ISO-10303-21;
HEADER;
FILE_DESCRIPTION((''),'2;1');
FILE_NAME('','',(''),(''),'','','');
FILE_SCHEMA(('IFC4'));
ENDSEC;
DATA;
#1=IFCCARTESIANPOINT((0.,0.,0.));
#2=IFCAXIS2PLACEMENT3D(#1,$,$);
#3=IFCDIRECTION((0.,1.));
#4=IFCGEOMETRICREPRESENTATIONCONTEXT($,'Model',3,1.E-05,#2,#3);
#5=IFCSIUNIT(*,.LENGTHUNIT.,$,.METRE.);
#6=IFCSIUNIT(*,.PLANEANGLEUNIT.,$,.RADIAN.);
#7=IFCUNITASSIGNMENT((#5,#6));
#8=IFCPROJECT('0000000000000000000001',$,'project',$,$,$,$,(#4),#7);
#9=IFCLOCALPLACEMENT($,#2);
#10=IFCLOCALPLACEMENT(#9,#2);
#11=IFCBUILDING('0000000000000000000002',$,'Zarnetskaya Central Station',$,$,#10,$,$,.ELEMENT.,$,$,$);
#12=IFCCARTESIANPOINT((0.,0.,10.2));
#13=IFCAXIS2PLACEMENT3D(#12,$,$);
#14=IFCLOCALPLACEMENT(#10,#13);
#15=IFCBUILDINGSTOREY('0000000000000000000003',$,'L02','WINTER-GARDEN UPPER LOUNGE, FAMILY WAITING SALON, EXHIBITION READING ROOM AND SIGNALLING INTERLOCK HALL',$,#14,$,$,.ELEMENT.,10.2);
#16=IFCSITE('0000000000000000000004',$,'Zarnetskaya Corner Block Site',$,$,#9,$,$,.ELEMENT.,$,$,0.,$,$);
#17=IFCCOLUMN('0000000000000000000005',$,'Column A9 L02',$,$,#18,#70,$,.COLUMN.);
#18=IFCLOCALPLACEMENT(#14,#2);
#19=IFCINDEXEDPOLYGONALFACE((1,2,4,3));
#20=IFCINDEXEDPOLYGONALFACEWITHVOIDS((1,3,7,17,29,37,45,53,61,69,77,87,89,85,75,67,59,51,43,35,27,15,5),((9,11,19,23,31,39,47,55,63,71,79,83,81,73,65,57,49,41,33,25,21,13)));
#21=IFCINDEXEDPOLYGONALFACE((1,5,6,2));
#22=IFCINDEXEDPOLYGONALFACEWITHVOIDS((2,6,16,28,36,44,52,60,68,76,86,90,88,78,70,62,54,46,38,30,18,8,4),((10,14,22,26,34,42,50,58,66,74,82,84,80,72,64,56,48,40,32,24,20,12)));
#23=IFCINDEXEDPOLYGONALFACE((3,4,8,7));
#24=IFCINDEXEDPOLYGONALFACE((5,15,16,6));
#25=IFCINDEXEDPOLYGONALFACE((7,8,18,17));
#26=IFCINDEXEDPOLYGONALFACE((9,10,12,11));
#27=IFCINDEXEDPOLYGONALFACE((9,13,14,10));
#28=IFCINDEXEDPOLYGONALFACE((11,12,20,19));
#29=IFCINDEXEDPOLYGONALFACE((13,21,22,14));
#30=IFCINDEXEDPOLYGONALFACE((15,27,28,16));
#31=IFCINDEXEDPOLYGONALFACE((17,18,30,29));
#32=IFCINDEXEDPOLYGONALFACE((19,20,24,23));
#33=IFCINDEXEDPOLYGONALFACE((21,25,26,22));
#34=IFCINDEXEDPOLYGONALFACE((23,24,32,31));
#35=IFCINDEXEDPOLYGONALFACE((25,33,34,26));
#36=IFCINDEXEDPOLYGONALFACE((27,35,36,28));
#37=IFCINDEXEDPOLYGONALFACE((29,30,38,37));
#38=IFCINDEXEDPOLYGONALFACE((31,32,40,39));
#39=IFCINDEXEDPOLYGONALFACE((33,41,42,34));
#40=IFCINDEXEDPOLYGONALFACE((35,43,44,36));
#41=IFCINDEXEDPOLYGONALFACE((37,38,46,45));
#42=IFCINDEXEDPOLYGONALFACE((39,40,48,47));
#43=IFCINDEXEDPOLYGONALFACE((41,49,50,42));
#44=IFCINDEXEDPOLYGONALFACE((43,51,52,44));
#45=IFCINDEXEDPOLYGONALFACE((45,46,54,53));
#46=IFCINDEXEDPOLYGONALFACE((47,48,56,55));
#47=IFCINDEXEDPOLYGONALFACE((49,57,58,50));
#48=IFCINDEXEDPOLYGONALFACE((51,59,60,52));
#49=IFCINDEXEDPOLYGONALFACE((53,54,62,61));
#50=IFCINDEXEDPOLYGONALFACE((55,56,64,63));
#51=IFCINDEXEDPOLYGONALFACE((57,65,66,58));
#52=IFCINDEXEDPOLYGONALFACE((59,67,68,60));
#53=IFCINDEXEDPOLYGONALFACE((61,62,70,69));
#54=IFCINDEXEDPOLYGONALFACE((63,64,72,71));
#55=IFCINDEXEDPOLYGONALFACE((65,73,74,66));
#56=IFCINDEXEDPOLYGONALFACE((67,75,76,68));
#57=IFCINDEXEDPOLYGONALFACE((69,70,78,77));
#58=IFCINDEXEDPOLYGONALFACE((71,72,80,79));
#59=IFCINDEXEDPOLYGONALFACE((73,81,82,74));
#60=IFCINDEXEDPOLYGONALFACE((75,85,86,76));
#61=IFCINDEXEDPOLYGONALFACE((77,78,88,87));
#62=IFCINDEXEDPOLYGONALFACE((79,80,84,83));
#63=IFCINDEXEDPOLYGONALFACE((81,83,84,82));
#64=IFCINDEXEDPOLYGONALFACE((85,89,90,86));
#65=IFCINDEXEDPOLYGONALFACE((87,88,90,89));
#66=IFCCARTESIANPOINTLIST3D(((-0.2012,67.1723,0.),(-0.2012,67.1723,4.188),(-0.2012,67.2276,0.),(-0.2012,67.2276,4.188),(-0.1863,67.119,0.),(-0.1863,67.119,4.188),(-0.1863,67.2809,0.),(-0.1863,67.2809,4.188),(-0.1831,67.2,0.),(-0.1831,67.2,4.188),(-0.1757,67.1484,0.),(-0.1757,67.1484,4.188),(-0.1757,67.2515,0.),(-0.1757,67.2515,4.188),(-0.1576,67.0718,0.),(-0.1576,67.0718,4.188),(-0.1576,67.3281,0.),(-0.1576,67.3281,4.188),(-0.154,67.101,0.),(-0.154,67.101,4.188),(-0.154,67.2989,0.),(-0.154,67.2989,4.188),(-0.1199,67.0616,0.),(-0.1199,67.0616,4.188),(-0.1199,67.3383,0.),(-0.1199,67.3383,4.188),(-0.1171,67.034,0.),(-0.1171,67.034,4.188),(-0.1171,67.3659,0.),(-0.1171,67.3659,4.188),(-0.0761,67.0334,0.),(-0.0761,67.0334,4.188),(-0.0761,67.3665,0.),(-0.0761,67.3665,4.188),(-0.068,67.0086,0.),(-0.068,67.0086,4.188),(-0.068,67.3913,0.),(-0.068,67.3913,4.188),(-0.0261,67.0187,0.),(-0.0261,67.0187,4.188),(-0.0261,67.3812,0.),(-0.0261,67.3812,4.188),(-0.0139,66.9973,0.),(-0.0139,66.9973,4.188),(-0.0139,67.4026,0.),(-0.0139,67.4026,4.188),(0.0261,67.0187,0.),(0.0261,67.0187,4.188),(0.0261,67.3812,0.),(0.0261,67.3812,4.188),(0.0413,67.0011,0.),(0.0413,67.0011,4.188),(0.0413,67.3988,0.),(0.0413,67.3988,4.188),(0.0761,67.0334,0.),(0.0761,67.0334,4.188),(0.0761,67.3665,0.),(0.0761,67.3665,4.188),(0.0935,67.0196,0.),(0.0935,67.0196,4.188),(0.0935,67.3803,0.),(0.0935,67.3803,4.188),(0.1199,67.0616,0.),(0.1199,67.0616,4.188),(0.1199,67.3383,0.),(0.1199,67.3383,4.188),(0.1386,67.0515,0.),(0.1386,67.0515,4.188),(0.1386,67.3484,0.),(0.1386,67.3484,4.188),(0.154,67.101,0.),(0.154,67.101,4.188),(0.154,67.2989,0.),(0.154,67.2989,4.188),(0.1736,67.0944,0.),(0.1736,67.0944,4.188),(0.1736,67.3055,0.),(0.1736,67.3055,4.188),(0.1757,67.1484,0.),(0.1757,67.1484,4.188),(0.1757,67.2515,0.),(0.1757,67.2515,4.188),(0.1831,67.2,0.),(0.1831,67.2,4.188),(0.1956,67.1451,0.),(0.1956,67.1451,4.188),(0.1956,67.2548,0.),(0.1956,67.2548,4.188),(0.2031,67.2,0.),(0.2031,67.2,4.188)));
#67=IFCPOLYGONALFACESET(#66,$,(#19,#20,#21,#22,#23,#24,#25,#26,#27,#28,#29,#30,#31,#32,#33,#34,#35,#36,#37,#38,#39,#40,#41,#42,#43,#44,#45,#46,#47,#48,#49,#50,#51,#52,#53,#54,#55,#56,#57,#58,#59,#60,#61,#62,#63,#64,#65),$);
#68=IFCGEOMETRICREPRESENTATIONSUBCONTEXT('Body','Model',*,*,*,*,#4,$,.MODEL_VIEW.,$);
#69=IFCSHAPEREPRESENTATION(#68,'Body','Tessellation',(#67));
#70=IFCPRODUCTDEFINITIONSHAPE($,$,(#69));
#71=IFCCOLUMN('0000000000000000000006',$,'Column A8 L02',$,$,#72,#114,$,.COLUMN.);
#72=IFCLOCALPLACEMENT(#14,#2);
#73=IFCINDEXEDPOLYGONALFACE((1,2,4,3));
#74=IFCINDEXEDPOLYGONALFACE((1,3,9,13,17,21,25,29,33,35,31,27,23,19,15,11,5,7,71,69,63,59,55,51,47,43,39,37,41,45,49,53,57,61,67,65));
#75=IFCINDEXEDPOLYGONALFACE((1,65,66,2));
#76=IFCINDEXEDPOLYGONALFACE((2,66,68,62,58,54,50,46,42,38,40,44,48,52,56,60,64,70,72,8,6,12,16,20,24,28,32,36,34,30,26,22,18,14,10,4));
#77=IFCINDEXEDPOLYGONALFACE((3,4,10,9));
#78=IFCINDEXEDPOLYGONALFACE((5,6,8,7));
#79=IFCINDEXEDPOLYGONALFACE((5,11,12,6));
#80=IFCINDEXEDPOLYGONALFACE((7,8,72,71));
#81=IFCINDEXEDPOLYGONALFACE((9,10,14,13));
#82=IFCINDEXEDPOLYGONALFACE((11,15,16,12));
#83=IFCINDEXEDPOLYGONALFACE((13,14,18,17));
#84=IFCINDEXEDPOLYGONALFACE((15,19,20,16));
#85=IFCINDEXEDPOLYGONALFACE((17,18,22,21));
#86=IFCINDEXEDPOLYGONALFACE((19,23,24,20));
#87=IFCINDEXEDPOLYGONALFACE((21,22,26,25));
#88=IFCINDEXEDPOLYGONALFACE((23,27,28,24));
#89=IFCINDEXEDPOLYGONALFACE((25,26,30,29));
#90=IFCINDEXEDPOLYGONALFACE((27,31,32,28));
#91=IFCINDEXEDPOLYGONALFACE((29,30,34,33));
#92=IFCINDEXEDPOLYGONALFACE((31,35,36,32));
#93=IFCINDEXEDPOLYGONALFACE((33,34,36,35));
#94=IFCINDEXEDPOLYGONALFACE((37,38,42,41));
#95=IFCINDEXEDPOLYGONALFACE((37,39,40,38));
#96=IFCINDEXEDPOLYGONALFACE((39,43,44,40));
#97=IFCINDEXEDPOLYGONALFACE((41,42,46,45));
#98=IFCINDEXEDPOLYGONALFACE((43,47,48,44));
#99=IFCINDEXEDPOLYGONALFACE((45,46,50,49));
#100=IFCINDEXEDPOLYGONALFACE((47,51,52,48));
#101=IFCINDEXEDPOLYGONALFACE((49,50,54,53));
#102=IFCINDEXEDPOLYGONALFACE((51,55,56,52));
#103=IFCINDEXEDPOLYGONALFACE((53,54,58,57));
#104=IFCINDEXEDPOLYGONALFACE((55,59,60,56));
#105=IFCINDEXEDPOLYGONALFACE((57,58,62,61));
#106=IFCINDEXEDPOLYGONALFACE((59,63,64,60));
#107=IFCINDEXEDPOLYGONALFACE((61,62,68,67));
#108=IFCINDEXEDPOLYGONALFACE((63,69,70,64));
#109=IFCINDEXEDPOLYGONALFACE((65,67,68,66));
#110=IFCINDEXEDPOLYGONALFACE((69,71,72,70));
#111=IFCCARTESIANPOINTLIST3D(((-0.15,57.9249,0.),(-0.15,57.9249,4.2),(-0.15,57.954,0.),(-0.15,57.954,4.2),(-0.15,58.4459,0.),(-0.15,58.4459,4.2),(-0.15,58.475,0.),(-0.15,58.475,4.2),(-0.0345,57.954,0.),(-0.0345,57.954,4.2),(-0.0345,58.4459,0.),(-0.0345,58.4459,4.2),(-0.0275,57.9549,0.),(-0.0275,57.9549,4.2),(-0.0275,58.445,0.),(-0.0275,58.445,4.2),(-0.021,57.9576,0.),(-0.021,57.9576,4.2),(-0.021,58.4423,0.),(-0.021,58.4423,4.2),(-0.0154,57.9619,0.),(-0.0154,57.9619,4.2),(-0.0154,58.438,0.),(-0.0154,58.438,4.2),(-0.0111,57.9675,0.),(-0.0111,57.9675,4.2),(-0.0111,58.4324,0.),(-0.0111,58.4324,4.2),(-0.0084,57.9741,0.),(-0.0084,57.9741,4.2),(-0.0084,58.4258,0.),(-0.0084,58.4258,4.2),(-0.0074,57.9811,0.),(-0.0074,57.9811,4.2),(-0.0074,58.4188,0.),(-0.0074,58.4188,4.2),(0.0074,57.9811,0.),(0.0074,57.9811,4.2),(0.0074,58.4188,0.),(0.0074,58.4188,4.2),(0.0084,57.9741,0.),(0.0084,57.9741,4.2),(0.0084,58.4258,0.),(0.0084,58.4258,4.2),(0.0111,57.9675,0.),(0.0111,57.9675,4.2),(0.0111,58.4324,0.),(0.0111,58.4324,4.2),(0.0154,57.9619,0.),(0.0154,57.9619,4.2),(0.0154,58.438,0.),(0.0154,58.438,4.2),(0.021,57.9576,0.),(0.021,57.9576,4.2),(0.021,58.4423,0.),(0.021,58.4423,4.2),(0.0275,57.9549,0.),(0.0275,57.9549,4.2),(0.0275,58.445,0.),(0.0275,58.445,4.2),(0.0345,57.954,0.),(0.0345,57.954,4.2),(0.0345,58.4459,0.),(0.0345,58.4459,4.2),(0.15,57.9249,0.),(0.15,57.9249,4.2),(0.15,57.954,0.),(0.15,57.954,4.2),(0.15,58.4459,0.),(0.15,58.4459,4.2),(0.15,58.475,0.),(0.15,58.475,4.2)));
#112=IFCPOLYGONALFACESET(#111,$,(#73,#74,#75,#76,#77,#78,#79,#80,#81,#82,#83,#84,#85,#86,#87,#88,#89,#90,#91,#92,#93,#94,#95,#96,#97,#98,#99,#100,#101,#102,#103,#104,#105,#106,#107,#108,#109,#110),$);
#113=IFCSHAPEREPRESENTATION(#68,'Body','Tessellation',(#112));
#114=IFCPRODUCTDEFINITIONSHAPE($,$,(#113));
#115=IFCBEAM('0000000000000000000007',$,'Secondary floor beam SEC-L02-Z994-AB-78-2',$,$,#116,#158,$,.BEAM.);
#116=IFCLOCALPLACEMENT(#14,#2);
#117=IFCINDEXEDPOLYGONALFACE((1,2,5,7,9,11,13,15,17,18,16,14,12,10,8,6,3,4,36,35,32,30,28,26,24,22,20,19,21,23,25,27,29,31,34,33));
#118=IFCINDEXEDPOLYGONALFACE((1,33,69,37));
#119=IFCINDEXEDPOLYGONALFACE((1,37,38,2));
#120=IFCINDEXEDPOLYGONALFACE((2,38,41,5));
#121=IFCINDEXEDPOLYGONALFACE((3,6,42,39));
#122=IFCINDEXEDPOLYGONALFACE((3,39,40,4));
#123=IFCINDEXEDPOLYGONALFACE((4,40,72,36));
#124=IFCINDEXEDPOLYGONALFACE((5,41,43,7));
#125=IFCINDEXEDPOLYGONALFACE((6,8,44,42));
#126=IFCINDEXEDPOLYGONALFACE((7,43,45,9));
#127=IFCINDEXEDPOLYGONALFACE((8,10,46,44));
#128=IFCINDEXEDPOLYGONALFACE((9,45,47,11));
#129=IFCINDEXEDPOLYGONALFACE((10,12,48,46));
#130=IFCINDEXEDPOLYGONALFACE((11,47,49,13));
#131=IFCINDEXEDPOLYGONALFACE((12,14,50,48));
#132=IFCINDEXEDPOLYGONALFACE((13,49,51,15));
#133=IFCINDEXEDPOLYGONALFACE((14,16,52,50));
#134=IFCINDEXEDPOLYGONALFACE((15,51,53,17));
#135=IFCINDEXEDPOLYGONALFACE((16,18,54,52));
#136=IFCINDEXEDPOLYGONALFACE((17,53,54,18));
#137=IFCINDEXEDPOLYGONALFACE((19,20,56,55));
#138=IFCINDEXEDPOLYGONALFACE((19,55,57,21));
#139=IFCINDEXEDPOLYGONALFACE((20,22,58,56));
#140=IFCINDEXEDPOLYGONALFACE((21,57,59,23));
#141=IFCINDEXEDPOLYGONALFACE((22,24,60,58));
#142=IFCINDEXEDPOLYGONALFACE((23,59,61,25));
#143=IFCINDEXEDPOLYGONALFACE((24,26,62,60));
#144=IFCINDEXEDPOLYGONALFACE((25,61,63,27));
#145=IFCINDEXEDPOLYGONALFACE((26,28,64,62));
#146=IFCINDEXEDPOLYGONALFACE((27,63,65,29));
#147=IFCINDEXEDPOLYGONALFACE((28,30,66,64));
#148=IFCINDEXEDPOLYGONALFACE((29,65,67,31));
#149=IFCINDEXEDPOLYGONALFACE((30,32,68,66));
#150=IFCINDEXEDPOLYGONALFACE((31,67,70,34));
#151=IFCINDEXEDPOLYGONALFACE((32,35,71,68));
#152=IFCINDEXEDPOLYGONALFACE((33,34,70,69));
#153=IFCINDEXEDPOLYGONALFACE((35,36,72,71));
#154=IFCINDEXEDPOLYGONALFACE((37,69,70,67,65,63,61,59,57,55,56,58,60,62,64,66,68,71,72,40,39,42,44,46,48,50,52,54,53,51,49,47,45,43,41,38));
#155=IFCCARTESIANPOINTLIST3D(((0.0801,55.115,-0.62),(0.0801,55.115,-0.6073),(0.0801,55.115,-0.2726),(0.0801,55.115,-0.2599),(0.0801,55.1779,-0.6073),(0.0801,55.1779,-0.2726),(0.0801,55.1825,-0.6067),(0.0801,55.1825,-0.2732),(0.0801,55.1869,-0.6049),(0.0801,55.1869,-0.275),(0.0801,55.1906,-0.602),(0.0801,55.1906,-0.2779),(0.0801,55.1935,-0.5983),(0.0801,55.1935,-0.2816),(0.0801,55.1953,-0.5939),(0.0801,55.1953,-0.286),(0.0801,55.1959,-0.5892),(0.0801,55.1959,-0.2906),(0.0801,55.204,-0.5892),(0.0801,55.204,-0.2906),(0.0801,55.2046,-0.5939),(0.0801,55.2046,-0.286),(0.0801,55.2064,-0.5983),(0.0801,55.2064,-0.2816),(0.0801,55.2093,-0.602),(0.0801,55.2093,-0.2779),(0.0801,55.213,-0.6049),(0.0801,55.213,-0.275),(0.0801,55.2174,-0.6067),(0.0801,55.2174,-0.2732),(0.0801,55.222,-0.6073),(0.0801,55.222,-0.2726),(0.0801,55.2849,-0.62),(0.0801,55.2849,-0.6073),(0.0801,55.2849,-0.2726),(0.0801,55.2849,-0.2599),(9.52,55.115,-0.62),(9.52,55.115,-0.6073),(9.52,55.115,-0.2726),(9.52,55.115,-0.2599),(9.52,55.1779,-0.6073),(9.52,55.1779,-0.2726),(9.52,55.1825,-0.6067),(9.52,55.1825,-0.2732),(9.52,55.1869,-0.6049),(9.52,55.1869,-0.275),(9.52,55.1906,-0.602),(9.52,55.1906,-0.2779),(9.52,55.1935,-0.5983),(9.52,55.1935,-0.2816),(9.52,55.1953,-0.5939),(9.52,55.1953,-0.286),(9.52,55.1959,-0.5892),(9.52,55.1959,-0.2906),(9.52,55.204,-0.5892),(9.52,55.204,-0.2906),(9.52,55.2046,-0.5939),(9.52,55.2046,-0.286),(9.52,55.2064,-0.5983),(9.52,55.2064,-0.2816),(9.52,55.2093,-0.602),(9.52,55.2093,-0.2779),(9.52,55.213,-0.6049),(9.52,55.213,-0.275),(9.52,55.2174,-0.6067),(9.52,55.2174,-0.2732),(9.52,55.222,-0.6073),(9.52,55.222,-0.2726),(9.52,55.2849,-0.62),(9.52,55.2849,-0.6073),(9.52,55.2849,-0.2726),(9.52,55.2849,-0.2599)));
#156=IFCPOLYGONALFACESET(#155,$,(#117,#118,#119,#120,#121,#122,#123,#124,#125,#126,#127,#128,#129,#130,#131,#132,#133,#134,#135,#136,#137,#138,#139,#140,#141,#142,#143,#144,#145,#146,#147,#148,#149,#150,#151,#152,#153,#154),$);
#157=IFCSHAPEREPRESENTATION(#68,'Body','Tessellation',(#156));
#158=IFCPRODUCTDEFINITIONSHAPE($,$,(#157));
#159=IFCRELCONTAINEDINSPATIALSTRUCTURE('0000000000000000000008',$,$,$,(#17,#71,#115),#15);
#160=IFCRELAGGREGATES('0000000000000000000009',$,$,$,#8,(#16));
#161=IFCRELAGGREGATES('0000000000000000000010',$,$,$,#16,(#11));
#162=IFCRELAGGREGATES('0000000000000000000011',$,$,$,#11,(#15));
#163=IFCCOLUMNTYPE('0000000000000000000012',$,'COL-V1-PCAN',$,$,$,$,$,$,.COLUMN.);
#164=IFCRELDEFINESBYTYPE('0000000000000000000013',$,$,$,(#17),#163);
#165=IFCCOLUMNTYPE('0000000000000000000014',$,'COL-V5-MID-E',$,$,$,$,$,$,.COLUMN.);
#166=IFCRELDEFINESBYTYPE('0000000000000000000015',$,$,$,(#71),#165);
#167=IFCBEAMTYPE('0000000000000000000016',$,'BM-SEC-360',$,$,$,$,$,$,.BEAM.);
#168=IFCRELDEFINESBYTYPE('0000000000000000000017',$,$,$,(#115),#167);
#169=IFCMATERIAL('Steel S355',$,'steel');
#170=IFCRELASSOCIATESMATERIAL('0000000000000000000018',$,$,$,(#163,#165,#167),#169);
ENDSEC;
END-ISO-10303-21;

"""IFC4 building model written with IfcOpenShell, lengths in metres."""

from ifc_helpers import new_model, si_unit, direction, frame, origin, origin_2d, place, context, subcontext, project, spatial, hollow_circle, i_section, extrude, material, material_profile, profile_set, type_object, element, save


model = new_model("IFC4")

# Units and contexts
model_context = context("Model", 3, precision=1e-05, world=origin(), true_north=direction((0.0, 1.0)))
body_context = subcontext(model_context, "Body", "Model", "MODEL_VIEW")
ifc_project = project(units=[si_unit("LENGTHUNIT", "METRE"), si_unit("PLANEANGLEUNIT", "RADIAN")], contexts=[model_context])

# Site, building, storey
site_placement = place(None, origin())
site = spatial("IfcSite", under=ifc_project, at=site_placement, Name="Zarnetskaya Corner Block Site", CompositionType="ELEMENT", RefElevation=0.0)
building_placement = place(site_placement, origin())
building = spatial("IfcBuilding", under=site, at=building_placement, Name="Zarnetskaya Central Station", CompositionType="ELEMENT")
storey_placement = place(building_placement, frame((0.0, 0.0, 10.2)))
storey = spatial("IfcBuildingStorey", under=building, at=storey_placement, Name="L02", Description="WINTER-GARDEN UPPER LOUNGE, FAMILY WAITING SALON, EXHIBITION READING ROOM AND SIGNALLING INTERLOCK HALL", CompositionType="ELEMENT", Elevation=10.2)

# Columns
ifc_material_1 = material(Name="Steel S355", Category="steel")
ifc_material_profile_1 = material_profile(ifc_material_1, hollow_circle(Radius=0.2031, WallThickness=0.02, at=origin_2d()), Name="CHS 406.4x20")
ifc_profile_set_1 = profile_set([ifc_material_profile_1], Name="Steel S355")
column_type_1 = type_object("IfcColumnType", Name="COL-V1-PCAN", PredefinedType="COLUMN", material=ifc_profile_set_1)
column_1_placement = place(storey_placement, frame((0.0, 67.2, 0.0), z_axis=(0.0, 0.0, 1.0), x_axis=(1.0, 0.0, 0.0)))
element("IfcColumn", 1, at=column_1_placement, inside=storey, type_object=column_type_1, Name="Column A9 L02", PredefinedType="COLUMN", context=body_context, shape_type="SweptSolid", body=[
    extrude(hollow_circle(Radius=0.2031, WallThickness=0.02, at=origin_2d()), origin(), (0.0, 0.0, 1.0), 4.188),
])
ifc_material_profile_2 = material_profile(ifc_material_1, i_section(OverallWidth=0.3, OverallDepth=0.55, WebThickness=0.0149, FlangeThickness=0.0291, FilletRadius=0.0271, at=origin_2d()), Name="HEB 550")
ifc_profile_set_2 = profile_set([ifc_material_profile_2], Name="Steel S355")
column_type_2 = type_object("IfcColumnType", Name="COL-V5-MID-E", PredefinedType="COLUMN", material=ifc_profile_set_2)
column_2_placement = place(storey_placement, frame((0.0, 58.2, 0.0), z_axis=(0.0, 0.0, 1.0), x_axis=(1.0, 0.0, 0.0)))
element("IfcColumn", 2, at=column_2_placement, inside=storey, type_object=column_type_2, Name="Column A8 L02", PredefinedType="COLUMN", context=body_context, shape_type="SweptSolid", body=[
    extrude(i_section(OverallWidth=0.3, OverallDepth=0.55, WebThickness=0.0149, FlangeThickness=0.0291, FilletRadius=0.0271, at=origin_2d()), origin(), (0.0, 0.0, 1.0), 4.2),
])

# Beam
ifc_material_profile_3 = material_profile(ifc_material_1, i_section(OverallWidth=0.1699, OverallDepth=0.3601, WebThickness=0.0081, FlangeThickness=0.0127, FilletRadius=0.0181, at=origin_2d()), Name="IPE 360")
ifc_profile_set_3 = profile_set([ifc_material_profile_3], Name="Steel S355")
beam_type_1 = type_object("IfcBeamType", Name="BM-SEC-360", PredefinedType="BEAM", material=ifc_profile_set_3)
beam_1_placement = place(storey_placement, frame((0.0801, 55.2, -0.4399), z_axis=(1.0, 0.0, 0.0), x_axis=(0.0, 1.0, 0.0)))
element("IfcBeam", 3, at=beam_1_placement, inside=storey, type_object=beam_type_1, Name="Secondary floor beam SEC-L02-Z994-AB-78-2", PredefinedType="BEAM", context=body_context, shape_type="SweptSolid", body=[
    extrude(i_section(OverallWidth=0.1699, OverallDepth=0.3601, WebThickness=0.0081, FlangeThickness=0.0127, FilletRadius=0.0181, at=origin_2d()), origin(), (0.0, 0.0, 1.0), 9.4399),
])

save(model, "model.ifc")
